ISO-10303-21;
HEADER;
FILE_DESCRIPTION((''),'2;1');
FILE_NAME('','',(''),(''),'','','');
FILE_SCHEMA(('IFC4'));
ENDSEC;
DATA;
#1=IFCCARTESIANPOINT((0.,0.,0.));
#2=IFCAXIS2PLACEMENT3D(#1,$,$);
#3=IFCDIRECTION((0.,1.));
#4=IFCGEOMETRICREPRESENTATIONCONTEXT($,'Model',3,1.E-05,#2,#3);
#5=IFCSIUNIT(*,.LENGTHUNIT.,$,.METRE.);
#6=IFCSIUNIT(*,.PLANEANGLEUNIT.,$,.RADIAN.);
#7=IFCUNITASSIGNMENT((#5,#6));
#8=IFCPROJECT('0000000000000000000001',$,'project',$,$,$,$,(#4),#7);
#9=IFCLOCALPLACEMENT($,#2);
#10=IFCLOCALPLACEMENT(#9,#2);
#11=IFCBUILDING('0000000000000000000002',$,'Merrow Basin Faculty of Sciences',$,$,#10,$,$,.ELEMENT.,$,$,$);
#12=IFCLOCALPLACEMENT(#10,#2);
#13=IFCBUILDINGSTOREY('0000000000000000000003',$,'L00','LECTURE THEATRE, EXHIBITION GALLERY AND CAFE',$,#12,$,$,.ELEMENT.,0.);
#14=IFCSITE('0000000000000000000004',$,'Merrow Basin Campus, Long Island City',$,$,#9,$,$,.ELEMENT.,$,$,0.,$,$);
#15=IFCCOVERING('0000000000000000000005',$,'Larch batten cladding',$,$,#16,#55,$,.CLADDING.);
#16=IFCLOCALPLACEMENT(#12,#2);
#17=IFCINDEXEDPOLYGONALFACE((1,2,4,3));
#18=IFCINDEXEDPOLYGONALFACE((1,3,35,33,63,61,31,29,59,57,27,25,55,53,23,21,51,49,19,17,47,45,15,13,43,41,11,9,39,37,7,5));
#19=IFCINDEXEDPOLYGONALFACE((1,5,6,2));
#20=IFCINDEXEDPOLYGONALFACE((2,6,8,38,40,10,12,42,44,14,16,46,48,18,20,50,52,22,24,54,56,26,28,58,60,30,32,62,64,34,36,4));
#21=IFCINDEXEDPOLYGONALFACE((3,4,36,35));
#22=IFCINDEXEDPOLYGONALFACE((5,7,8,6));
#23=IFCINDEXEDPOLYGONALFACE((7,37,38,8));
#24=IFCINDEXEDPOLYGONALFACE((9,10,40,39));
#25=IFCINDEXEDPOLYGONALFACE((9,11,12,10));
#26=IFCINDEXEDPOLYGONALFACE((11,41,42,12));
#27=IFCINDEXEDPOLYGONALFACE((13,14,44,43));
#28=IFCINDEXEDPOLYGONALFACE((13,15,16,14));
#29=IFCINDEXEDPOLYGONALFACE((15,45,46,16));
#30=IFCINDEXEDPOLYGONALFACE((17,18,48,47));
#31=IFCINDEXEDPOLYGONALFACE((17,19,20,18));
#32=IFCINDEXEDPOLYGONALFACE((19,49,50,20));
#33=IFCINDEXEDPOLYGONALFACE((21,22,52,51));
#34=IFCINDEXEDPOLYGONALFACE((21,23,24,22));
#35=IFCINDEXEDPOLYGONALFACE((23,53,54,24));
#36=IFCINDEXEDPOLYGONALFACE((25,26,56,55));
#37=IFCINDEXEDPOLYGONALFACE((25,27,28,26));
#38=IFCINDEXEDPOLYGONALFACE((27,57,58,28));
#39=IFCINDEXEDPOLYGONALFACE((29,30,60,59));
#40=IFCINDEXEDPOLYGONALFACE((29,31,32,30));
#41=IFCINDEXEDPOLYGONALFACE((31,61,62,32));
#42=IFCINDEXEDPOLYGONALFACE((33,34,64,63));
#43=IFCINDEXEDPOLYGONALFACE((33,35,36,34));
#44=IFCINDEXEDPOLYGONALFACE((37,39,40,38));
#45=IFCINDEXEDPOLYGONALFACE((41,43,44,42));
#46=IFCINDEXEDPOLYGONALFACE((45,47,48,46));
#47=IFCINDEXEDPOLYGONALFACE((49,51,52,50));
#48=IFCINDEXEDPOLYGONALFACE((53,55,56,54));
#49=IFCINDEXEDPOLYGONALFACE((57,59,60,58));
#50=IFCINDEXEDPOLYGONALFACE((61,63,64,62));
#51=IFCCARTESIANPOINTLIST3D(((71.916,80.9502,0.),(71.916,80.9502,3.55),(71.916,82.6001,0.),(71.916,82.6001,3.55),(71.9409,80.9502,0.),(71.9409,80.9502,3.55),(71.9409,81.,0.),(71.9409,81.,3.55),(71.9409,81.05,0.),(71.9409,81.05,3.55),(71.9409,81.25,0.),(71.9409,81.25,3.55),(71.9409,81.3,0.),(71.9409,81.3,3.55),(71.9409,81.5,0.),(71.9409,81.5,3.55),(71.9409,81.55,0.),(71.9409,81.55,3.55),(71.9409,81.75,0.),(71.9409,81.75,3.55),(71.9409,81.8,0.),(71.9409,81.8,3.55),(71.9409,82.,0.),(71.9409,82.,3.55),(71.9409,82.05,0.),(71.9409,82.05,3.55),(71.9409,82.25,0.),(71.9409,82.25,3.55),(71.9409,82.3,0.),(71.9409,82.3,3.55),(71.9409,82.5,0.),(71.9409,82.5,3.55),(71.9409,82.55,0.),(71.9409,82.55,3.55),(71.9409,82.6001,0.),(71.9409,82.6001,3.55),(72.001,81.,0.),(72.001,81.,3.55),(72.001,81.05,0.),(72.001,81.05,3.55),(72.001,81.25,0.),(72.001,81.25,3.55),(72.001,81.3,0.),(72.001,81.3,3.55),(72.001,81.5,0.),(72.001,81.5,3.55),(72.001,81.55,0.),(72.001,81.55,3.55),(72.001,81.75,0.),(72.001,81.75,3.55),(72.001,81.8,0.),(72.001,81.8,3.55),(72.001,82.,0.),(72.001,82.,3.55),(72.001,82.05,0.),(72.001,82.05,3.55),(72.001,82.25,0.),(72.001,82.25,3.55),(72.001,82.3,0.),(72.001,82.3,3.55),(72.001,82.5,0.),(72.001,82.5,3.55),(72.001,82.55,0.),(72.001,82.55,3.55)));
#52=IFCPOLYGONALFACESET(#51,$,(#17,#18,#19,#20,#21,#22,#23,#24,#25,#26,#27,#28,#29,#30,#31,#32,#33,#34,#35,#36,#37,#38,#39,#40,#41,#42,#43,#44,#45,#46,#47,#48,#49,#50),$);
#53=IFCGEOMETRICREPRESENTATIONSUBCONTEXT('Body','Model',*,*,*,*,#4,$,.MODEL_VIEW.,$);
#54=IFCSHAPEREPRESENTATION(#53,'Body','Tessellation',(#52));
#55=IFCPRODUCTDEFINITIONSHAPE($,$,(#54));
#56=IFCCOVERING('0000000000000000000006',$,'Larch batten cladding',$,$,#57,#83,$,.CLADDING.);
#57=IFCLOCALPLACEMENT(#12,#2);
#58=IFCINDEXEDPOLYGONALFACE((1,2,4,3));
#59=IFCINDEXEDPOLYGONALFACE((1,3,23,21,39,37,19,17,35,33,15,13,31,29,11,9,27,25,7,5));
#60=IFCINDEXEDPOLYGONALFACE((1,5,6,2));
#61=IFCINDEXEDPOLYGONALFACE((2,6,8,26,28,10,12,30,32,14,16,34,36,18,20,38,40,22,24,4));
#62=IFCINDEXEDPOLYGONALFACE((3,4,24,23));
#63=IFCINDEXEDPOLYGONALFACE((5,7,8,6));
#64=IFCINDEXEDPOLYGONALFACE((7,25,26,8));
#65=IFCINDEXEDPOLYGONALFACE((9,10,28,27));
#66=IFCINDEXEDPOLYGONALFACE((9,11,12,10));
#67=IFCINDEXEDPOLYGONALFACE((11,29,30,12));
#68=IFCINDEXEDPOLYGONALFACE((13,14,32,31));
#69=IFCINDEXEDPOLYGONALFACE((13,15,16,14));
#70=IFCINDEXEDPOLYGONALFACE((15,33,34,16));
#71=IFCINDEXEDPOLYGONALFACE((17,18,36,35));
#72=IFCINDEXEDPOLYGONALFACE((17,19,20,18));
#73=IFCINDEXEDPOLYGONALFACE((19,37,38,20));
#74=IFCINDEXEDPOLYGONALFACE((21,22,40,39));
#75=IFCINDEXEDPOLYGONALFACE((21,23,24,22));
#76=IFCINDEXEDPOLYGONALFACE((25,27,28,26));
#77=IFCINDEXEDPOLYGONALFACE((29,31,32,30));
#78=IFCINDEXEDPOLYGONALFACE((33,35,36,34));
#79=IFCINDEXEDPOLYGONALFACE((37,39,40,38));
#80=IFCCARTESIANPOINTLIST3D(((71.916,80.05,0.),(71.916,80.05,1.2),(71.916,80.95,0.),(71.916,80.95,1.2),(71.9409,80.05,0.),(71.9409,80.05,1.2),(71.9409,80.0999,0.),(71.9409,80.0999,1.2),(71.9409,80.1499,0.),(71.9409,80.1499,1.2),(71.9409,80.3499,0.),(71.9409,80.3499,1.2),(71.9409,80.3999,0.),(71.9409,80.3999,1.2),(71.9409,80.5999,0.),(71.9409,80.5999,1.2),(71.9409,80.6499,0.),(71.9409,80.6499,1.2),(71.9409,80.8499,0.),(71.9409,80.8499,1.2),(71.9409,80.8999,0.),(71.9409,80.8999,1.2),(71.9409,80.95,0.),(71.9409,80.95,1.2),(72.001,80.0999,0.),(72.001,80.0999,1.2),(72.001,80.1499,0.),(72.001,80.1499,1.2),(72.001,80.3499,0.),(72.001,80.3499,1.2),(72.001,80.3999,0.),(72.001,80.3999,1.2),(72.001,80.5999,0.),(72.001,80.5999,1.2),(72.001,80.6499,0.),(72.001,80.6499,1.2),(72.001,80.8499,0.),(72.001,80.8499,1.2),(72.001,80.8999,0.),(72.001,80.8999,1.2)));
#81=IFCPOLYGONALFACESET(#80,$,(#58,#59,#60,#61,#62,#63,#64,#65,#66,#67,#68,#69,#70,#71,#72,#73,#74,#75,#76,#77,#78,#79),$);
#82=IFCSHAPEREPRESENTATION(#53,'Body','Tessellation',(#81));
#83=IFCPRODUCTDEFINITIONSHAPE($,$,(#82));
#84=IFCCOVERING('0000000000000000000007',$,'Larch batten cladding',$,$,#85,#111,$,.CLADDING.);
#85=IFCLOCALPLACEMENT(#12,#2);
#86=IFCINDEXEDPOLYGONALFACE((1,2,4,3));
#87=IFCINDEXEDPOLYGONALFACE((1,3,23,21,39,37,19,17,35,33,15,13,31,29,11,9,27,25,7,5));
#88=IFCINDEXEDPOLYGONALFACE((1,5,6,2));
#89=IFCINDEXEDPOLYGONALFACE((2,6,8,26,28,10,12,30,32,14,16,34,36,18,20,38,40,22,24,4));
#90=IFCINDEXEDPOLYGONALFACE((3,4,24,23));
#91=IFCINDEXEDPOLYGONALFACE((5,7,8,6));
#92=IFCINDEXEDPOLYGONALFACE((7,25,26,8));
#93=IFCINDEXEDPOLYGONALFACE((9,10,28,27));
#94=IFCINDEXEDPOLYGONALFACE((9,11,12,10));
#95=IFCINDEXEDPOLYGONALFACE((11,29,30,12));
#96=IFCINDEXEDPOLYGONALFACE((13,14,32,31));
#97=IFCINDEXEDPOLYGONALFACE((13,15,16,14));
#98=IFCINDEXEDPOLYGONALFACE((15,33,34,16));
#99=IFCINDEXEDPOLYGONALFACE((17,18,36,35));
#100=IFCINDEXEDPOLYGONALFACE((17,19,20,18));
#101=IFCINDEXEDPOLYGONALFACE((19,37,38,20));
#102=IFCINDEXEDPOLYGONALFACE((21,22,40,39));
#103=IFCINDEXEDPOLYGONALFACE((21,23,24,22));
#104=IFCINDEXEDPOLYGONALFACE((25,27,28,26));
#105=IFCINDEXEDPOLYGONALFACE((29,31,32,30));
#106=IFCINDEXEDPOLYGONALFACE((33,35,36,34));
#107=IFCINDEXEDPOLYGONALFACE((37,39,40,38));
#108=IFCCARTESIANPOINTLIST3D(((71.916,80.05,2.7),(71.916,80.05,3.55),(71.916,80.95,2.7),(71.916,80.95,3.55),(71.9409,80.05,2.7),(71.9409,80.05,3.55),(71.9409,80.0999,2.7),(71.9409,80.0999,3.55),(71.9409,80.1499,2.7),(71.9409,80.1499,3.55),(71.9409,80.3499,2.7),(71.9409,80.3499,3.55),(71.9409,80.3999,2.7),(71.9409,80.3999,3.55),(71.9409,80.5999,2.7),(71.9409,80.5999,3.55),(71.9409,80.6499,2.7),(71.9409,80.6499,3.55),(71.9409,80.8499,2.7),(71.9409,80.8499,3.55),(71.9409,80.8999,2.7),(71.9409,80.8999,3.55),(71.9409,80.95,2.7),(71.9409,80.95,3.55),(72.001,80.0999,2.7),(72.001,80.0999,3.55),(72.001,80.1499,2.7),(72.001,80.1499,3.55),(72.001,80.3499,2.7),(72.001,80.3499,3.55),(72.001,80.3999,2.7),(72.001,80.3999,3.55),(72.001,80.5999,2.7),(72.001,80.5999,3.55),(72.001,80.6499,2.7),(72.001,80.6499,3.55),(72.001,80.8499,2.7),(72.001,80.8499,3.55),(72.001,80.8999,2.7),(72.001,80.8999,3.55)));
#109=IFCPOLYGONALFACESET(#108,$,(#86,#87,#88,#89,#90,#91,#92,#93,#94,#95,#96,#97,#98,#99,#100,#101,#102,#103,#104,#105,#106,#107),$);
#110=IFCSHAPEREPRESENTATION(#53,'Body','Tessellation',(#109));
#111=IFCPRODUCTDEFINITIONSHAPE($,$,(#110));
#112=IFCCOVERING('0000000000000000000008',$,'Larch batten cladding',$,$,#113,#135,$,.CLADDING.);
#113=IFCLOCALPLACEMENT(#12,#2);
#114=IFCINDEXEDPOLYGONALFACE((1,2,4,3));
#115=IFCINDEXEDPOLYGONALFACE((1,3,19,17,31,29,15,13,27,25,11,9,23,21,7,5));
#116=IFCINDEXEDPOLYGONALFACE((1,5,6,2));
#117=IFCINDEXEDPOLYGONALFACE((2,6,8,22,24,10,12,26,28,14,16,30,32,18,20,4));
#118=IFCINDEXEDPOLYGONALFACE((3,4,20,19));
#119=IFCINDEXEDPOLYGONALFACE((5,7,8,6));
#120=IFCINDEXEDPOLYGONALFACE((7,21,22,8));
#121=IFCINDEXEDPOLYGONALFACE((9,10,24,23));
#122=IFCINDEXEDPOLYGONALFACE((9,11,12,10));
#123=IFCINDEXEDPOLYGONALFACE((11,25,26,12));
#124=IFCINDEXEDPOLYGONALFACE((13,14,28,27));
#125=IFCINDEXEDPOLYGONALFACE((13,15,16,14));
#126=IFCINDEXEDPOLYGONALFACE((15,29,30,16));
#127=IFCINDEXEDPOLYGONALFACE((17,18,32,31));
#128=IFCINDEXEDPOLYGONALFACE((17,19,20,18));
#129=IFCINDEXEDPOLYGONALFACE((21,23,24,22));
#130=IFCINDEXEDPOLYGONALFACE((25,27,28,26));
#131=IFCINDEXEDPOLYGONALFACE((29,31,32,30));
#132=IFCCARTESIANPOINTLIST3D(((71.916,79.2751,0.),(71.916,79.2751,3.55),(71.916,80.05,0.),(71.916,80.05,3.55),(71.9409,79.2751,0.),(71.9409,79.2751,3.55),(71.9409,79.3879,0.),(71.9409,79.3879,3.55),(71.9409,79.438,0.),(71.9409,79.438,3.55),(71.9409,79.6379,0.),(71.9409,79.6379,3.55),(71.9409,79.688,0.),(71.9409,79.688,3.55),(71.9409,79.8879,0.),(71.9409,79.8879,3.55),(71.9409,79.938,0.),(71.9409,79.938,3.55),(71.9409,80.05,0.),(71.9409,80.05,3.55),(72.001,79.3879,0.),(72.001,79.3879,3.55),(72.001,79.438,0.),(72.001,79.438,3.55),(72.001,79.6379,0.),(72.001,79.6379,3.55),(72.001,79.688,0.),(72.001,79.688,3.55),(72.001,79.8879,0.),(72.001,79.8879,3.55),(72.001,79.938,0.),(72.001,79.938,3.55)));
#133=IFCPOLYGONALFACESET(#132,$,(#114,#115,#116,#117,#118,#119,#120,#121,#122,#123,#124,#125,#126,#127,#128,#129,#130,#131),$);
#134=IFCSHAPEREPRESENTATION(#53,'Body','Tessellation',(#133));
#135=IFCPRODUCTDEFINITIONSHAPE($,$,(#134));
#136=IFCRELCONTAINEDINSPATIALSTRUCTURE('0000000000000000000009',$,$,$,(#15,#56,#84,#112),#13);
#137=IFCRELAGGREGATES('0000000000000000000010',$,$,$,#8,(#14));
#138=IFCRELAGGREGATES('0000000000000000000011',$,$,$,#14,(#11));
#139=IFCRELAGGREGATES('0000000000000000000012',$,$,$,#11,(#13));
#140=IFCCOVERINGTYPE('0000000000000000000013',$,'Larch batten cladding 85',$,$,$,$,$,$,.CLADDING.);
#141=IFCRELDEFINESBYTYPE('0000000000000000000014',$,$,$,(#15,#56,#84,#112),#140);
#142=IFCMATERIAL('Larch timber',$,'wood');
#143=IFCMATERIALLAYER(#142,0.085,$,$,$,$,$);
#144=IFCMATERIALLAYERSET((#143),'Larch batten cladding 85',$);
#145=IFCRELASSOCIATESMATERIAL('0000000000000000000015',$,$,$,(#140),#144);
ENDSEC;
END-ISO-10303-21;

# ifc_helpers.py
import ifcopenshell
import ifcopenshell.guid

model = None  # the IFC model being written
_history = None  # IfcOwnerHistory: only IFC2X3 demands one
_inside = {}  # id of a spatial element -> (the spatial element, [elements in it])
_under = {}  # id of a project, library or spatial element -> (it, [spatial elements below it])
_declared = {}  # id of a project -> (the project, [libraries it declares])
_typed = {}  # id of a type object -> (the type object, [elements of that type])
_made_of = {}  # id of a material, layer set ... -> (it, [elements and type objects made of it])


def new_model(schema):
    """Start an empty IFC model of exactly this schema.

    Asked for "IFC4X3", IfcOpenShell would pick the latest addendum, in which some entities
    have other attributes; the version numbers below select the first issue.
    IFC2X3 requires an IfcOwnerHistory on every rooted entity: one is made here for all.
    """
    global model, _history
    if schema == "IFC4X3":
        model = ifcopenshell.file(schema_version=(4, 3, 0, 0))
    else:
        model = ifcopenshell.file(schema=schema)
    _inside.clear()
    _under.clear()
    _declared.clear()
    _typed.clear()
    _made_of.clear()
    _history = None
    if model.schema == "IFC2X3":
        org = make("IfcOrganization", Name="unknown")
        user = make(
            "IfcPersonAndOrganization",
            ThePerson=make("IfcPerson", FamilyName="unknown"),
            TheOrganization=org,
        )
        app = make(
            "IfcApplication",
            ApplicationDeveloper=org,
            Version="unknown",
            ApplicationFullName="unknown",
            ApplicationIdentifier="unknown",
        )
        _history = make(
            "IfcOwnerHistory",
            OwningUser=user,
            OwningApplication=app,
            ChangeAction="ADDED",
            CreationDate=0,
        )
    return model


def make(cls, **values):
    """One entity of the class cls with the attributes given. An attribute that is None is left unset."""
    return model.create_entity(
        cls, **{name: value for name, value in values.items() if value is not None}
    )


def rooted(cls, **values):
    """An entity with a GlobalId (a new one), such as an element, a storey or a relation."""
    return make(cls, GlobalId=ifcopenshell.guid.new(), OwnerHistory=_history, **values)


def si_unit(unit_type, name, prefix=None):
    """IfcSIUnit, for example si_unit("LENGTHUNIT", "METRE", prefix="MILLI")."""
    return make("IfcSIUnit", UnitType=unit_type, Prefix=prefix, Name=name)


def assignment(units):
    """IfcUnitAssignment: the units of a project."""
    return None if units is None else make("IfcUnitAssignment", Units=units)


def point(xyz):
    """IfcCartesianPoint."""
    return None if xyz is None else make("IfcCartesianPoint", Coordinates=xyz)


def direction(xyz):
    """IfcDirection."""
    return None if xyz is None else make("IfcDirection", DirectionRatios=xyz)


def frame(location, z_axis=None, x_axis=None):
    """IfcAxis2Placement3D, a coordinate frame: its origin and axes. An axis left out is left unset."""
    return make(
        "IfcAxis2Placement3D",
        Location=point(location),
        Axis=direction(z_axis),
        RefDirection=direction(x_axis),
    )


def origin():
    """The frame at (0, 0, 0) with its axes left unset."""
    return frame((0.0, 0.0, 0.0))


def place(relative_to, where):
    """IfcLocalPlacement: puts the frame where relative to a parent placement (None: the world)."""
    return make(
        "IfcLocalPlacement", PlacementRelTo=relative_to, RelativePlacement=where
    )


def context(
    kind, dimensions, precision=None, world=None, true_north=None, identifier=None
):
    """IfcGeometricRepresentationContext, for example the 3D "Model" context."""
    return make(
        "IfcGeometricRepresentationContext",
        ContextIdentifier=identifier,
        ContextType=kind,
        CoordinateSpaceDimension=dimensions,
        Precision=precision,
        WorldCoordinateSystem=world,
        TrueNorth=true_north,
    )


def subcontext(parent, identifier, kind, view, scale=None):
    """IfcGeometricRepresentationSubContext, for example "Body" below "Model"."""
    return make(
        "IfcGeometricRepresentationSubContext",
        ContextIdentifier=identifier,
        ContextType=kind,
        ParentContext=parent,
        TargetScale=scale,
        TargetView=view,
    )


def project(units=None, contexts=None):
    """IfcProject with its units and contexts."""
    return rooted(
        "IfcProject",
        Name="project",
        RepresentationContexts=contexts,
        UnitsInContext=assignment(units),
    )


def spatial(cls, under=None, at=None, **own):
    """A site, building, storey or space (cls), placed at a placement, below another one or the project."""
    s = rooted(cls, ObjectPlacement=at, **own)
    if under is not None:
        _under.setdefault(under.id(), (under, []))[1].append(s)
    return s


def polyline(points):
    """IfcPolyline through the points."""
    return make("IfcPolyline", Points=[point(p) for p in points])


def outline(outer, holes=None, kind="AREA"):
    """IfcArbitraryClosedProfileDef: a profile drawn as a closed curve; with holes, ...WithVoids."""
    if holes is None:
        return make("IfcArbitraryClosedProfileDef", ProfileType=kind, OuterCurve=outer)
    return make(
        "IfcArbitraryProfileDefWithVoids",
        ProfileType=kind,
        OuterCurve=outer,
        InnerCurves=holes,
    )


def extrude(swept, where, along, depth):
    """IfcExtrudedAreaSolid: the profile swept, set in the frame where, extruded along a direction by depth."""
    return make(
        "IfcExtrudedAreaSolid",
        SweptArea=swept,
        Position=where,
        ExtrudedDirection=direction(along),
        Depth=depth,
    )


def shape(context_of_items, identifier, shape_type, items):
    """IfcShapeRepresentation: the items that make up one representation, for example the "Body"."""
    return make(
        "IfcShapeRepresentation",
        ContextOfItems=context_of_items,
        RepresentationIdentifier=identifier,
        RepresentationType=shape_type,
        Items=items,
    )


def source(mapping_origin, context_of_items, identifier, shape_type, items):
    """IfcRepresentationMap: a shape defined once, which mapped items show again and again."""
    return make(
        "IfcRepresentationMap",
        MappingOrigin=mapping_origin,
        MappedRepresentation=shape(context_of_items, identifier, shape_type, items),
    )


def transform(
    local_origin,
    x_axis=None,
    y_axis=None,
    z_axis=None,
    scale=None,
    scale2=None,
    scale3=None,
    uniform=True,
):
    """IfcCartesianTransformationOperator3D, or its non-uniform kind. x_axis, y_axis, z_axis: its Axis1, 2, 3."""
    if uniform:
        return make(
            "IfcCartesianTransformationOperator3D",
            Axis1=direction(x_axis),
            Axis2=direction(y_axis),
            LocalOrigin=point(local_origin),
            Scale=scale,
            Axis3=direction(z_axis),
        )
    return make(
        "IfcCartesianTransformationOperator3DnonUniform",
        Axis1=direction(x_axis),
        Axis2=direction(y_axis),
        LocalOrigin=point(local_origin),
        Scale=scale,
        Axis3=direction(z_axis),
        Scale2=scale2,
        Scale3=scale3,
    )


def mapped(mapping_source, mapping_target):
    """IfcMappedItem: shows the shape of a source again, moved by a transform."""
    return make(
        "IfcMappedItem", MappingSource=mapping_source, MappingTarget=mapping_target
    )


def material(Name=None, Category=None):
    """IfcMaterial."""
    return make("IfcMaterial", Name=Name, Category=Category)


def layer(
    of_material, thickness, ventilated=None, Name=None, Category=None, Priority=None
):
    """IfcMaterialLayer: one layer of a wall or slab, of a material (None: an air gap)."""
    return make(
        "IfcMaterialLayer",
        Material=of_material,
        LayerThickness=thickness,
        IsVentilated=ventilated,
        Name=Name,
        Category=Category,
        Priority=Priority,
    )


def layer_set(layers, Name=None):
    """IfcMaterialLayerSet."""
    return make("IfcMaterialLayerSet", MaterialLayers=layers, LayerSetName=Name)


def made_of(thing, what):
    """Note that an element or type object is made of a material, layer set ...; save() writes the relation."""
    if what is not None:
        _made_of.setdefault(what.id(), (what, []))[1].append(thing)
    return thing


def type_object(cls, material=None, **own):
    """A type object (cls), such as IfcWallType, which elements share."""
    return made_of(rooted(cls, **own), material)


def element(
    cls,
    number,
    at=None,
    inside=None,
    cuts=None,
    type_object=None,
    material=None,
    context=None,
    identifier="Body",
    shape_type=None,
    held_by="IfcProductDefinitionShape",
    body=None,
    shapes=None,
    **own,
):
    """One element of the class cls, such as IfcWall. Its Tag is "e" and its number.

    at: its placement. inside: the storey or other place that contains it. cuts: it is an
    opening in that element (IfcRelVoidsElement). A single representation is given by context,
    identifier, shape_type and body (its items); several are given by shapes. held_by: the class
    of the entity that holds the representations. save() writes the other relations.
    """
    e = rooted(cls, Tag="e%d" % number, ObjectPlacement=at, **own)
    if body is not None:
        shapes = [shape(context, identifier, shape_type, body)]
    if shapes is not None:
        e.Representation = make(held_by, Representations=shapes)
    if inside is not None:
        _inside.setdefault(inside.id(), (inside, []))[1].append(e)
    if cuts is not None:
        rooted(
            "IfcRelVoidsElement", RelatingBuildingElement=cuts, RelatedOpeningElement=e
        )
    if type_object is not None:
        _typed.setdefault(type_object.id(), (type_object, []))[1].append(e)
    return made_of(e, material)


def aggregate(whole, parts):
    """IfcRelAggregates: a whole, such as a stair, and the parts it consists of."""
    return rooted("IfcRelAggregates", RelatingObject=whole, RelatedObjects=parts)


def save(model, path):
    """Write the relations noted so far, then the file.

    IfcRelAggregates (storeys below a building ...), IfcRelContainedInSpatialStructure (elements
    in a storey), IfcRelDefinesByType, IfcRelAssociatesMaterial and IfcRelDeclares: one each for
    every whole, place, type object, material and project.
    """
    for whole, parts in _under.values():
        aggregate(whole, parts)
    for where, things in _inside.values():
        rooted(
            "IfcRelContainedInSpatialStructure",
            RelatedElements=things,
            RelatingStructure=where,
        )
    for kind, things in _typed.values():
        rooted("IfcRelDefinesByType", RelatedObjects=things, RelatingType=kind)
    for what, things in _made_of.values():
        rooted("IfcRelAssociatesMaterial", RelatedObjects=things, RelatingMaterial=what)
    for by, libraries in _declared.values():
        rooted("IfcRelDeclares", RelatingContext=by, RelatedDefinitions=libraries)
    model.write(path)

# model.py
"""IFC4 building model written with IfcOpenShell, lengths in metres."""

from ifc_helpers import new_model, si_unit, direction, frame, origin, place, context, subcontext, project, spatial, polyline, outline, extrude, source, transform, mapped, material, layer, layer_set, type_object, element, save


model = new_model("IFC4")

# Units and contexts
model_context = context("Model", 3, precision=1e-05, world=origin(), true_north=direction((0.0, 1.0)))
body_context = subcontext(model_context, "Body", "Model", "MODEL_VIEW")
ifc_project = project(units=[si_unit("LENGTHUNIT", "METRE"), si_unit("PLANEANGLEUNIT", "RADIAN")], contexts=[model_context])

# Site, building, storey
site_placement = place(None, origin())
site = spatial("IfcSite", under=ifc_project, at=site_placement, Name="Merrow Basin Campus, Long Island City", CompositionType="ELEMENT", RefElevation=0.0)
building_placement = place(site_placement, origin())
building = spatial("IfcBuilding", under=site, at=building_placement, Name="Merrow Basin Faculty of Sciences", CompositionType="ELEMENT")
storey_placement = place(building_placement, origin())
storey = spatial("IfcBuildingStorey", under=building, at=storey_placement, Name="L00", Description="LECTURE THEATRE, EXHIBITION GALLERY AND CAFE", CompositionType="ELEMENT", Elevation=0.0)

# Coverings
ifc_material_1 = material(Name="Larch timber", Category="wood")
ifc_layer_1 = layer(ifc_material_1, 0.085)
ifc_layer_set_1 = layer_set([ifc_layer_1], Name="Larch batten cladding 85")
covering_type = type_object("IfcCoveringType", Name="Larch batten cladding 85", PredefinedType="CLADDING", material=ifc_layer_set_1)
shared_shape_1 = source(origin(), body_context, "Body", "SweptSolid", [
    extrude(outline(polyline([(0.0, 0.0), (1.6499, 0.0), (1.6499, 0.0249), (1.6001, 0.0249), (1.6001, 0.085), (1.55, 0.085), (1.55, 0.0249), (1.3501, 0.0249), (1.3501, 0.085), (1.3, 0.085), (1.3, 0.0249), (1.1001, 0.0249), (1.1001, 0.085), (1.05, 0.085), (1.05, 0.0249), (0.8501, 0.0249), (0.8501, 0.085), (0.8, 0.085), (0.8, 0.0249), (0.6001, 0.0249), (0.6001, 0.085), (0.55, 0.085), (0.55, 0.0249), (0.3501, 0.0249), (0.3501, 0.085), (0.3, 0.085), (0.3, 0.0249), (0.1001, 0.0249), (0.1001, 0.085), (0.05, 0.085), (0.05, 0.0249), (0.0, 0.0249), (0.0, 0.0)])), origin(), (0.0, 0.0, 1.0), 3.55),
])
for number, where, z_axis, x_axis, name in (
    (1, (71.916, 82.6001, 0.0), (0.0, 0.0, 1.0), (0.0, -1.0, 0.0), "Larch batten cladding"),
):
    element("IfcCovering", number, at=place(storey_placement, frame(where, z_axis=z_axis, x_axis=x_axis)), inside=storey, type_object=covering_type, Name=name, PredefinedType="CLADDING", context=body_context, shape_type="MappedRepresentation", body=[
        mapped(shared_shape_1, transform((0.0, 0.0, 0.0), scale=1.0)),
    ])
shared_shape_2 = source(origin(), body_context, "Body", "SweptSolid", [
    extrude(outline(polyline([(0.0, 0.0), (0.8999, 0.0), (0.8999, 0.0249), (0.8501, 0.0249), (0.8501, 0.085), (0.8, 0.085), (0.8, 0.0249), (0.6001, 0.0249), (0.6001, 0.085), (0.55, 0.085), (0.55, 0.0249), (0.3501, 0.0249), (0.3501, 0.085), (0.3, 0.085), (0.3, 0.0249), (0.1001, 0.0249), (0.1001, 0.085), (0.05, 0.085), (0.05, 0.0249), (0.0, 0.0249), (0.0, 0.0)])), origin(), (0.0, 0.0, 1.0), 1.2),
])
covering_1_placement = place(storey_placement, frame((71.916, 80.95, 0.0), z_axis=(0.0, 0.0, 1.0), x_axis=(0.0, -1.0, 0.0)))
element("IfcCovering", 2, at=covering_1_placement, inside=storey, type_object=covering_type, Name="Larch batten cladding", PredefinedType="CLADDING", context=body_context, shape_type="MappedRepresentation", body=[
    mapped(shared_shape_2, transform((0.0, 0.0, 0.0), scale=1.0)),
])
shared_shape_3 = source(origin(), body_context, "Body", "SweptSolid", [
    extrude(outline(polyline([(0.0, 0.0), (0.8999, 0.0), (0.8999, 0.0249), (0.8501, 0.0249), (0.8501, 0.085), (0.8, 0.085), (0.8, 0.0249), (0.6001, 0.0249), (0.6001, 0.085), (0.55, 0.085), (0.55, 0.0249), (0.3501, 0.0249), (0.3501, 0.085), (0.3, 0.085), (0.3, 0.0249), (0.1001, 0.0249), (0.1001, 0.085), (0.05, 0.085), (0.05, 0.0249), (0.0, 0.0249), (0.0, 0.0)])), origin(), (0.0, 0.0, 1.0), 0.8501),
])
covering_2_placement = place(storey_placement, frame((71.916, 80.95, 2.7), z_axis=(0.0, 0.0, 1.0), x_axis=(0.0, -1.0, 0.0)))
element("IfcCovering", 3, at=covering_2_placement, inside=storey, type_object=covering_type, Name="Larch batten cladding", PredefinedType="CLADDING", context=body_context, shape_type="MappedRepresentation", body=[
    mapped(shared_shape_3, transform((0.0, 0.0, 0.0), scale=1.0)),
])
shared_shape_4 = source(origin(), body_context, "Body", "SweptSolid", [
    extrude(outline(polyline([(0.0, 0.0), (0.7749, 0.0), (0.7749, 0.0249), (0.6621, 0.0249), (0.6621, 0.085), (0.6121, 0.085), (0.6121, 0.0249), (0.4121, 0.0249), (0.4121, 0.085), (0.3621, 0.085), (0.3621, 0.0249), (0.1621, 0.0249), (0.1621, 0.085), (0.1121, 0.085), (0.1121, 0.0249), (0.0, 0.0249), (0.0, 0.0)])), origin(), (0.0, 0.0, 1.0), 3.55),
])
covering_3_placement = place(storey_placement, frame((71.916, 80.05, 0.0), z_axis=(0.0, 0.0, 1.0), x_axis=(0.0, -1.0, 0.0)))
element("IfcCovering", 4, at=covering_3_placement, inside=storey, type_object=covering_type, Name="Larch batten cladding", PredefinedType="CLADDING", context=body_context, shape_type="MappedRepresentation", body=[
    mapped(shared_shape_4, transform((0.0, 0.0, 0.0), scale=1.0)),
])

save(model, "model.ifc")
